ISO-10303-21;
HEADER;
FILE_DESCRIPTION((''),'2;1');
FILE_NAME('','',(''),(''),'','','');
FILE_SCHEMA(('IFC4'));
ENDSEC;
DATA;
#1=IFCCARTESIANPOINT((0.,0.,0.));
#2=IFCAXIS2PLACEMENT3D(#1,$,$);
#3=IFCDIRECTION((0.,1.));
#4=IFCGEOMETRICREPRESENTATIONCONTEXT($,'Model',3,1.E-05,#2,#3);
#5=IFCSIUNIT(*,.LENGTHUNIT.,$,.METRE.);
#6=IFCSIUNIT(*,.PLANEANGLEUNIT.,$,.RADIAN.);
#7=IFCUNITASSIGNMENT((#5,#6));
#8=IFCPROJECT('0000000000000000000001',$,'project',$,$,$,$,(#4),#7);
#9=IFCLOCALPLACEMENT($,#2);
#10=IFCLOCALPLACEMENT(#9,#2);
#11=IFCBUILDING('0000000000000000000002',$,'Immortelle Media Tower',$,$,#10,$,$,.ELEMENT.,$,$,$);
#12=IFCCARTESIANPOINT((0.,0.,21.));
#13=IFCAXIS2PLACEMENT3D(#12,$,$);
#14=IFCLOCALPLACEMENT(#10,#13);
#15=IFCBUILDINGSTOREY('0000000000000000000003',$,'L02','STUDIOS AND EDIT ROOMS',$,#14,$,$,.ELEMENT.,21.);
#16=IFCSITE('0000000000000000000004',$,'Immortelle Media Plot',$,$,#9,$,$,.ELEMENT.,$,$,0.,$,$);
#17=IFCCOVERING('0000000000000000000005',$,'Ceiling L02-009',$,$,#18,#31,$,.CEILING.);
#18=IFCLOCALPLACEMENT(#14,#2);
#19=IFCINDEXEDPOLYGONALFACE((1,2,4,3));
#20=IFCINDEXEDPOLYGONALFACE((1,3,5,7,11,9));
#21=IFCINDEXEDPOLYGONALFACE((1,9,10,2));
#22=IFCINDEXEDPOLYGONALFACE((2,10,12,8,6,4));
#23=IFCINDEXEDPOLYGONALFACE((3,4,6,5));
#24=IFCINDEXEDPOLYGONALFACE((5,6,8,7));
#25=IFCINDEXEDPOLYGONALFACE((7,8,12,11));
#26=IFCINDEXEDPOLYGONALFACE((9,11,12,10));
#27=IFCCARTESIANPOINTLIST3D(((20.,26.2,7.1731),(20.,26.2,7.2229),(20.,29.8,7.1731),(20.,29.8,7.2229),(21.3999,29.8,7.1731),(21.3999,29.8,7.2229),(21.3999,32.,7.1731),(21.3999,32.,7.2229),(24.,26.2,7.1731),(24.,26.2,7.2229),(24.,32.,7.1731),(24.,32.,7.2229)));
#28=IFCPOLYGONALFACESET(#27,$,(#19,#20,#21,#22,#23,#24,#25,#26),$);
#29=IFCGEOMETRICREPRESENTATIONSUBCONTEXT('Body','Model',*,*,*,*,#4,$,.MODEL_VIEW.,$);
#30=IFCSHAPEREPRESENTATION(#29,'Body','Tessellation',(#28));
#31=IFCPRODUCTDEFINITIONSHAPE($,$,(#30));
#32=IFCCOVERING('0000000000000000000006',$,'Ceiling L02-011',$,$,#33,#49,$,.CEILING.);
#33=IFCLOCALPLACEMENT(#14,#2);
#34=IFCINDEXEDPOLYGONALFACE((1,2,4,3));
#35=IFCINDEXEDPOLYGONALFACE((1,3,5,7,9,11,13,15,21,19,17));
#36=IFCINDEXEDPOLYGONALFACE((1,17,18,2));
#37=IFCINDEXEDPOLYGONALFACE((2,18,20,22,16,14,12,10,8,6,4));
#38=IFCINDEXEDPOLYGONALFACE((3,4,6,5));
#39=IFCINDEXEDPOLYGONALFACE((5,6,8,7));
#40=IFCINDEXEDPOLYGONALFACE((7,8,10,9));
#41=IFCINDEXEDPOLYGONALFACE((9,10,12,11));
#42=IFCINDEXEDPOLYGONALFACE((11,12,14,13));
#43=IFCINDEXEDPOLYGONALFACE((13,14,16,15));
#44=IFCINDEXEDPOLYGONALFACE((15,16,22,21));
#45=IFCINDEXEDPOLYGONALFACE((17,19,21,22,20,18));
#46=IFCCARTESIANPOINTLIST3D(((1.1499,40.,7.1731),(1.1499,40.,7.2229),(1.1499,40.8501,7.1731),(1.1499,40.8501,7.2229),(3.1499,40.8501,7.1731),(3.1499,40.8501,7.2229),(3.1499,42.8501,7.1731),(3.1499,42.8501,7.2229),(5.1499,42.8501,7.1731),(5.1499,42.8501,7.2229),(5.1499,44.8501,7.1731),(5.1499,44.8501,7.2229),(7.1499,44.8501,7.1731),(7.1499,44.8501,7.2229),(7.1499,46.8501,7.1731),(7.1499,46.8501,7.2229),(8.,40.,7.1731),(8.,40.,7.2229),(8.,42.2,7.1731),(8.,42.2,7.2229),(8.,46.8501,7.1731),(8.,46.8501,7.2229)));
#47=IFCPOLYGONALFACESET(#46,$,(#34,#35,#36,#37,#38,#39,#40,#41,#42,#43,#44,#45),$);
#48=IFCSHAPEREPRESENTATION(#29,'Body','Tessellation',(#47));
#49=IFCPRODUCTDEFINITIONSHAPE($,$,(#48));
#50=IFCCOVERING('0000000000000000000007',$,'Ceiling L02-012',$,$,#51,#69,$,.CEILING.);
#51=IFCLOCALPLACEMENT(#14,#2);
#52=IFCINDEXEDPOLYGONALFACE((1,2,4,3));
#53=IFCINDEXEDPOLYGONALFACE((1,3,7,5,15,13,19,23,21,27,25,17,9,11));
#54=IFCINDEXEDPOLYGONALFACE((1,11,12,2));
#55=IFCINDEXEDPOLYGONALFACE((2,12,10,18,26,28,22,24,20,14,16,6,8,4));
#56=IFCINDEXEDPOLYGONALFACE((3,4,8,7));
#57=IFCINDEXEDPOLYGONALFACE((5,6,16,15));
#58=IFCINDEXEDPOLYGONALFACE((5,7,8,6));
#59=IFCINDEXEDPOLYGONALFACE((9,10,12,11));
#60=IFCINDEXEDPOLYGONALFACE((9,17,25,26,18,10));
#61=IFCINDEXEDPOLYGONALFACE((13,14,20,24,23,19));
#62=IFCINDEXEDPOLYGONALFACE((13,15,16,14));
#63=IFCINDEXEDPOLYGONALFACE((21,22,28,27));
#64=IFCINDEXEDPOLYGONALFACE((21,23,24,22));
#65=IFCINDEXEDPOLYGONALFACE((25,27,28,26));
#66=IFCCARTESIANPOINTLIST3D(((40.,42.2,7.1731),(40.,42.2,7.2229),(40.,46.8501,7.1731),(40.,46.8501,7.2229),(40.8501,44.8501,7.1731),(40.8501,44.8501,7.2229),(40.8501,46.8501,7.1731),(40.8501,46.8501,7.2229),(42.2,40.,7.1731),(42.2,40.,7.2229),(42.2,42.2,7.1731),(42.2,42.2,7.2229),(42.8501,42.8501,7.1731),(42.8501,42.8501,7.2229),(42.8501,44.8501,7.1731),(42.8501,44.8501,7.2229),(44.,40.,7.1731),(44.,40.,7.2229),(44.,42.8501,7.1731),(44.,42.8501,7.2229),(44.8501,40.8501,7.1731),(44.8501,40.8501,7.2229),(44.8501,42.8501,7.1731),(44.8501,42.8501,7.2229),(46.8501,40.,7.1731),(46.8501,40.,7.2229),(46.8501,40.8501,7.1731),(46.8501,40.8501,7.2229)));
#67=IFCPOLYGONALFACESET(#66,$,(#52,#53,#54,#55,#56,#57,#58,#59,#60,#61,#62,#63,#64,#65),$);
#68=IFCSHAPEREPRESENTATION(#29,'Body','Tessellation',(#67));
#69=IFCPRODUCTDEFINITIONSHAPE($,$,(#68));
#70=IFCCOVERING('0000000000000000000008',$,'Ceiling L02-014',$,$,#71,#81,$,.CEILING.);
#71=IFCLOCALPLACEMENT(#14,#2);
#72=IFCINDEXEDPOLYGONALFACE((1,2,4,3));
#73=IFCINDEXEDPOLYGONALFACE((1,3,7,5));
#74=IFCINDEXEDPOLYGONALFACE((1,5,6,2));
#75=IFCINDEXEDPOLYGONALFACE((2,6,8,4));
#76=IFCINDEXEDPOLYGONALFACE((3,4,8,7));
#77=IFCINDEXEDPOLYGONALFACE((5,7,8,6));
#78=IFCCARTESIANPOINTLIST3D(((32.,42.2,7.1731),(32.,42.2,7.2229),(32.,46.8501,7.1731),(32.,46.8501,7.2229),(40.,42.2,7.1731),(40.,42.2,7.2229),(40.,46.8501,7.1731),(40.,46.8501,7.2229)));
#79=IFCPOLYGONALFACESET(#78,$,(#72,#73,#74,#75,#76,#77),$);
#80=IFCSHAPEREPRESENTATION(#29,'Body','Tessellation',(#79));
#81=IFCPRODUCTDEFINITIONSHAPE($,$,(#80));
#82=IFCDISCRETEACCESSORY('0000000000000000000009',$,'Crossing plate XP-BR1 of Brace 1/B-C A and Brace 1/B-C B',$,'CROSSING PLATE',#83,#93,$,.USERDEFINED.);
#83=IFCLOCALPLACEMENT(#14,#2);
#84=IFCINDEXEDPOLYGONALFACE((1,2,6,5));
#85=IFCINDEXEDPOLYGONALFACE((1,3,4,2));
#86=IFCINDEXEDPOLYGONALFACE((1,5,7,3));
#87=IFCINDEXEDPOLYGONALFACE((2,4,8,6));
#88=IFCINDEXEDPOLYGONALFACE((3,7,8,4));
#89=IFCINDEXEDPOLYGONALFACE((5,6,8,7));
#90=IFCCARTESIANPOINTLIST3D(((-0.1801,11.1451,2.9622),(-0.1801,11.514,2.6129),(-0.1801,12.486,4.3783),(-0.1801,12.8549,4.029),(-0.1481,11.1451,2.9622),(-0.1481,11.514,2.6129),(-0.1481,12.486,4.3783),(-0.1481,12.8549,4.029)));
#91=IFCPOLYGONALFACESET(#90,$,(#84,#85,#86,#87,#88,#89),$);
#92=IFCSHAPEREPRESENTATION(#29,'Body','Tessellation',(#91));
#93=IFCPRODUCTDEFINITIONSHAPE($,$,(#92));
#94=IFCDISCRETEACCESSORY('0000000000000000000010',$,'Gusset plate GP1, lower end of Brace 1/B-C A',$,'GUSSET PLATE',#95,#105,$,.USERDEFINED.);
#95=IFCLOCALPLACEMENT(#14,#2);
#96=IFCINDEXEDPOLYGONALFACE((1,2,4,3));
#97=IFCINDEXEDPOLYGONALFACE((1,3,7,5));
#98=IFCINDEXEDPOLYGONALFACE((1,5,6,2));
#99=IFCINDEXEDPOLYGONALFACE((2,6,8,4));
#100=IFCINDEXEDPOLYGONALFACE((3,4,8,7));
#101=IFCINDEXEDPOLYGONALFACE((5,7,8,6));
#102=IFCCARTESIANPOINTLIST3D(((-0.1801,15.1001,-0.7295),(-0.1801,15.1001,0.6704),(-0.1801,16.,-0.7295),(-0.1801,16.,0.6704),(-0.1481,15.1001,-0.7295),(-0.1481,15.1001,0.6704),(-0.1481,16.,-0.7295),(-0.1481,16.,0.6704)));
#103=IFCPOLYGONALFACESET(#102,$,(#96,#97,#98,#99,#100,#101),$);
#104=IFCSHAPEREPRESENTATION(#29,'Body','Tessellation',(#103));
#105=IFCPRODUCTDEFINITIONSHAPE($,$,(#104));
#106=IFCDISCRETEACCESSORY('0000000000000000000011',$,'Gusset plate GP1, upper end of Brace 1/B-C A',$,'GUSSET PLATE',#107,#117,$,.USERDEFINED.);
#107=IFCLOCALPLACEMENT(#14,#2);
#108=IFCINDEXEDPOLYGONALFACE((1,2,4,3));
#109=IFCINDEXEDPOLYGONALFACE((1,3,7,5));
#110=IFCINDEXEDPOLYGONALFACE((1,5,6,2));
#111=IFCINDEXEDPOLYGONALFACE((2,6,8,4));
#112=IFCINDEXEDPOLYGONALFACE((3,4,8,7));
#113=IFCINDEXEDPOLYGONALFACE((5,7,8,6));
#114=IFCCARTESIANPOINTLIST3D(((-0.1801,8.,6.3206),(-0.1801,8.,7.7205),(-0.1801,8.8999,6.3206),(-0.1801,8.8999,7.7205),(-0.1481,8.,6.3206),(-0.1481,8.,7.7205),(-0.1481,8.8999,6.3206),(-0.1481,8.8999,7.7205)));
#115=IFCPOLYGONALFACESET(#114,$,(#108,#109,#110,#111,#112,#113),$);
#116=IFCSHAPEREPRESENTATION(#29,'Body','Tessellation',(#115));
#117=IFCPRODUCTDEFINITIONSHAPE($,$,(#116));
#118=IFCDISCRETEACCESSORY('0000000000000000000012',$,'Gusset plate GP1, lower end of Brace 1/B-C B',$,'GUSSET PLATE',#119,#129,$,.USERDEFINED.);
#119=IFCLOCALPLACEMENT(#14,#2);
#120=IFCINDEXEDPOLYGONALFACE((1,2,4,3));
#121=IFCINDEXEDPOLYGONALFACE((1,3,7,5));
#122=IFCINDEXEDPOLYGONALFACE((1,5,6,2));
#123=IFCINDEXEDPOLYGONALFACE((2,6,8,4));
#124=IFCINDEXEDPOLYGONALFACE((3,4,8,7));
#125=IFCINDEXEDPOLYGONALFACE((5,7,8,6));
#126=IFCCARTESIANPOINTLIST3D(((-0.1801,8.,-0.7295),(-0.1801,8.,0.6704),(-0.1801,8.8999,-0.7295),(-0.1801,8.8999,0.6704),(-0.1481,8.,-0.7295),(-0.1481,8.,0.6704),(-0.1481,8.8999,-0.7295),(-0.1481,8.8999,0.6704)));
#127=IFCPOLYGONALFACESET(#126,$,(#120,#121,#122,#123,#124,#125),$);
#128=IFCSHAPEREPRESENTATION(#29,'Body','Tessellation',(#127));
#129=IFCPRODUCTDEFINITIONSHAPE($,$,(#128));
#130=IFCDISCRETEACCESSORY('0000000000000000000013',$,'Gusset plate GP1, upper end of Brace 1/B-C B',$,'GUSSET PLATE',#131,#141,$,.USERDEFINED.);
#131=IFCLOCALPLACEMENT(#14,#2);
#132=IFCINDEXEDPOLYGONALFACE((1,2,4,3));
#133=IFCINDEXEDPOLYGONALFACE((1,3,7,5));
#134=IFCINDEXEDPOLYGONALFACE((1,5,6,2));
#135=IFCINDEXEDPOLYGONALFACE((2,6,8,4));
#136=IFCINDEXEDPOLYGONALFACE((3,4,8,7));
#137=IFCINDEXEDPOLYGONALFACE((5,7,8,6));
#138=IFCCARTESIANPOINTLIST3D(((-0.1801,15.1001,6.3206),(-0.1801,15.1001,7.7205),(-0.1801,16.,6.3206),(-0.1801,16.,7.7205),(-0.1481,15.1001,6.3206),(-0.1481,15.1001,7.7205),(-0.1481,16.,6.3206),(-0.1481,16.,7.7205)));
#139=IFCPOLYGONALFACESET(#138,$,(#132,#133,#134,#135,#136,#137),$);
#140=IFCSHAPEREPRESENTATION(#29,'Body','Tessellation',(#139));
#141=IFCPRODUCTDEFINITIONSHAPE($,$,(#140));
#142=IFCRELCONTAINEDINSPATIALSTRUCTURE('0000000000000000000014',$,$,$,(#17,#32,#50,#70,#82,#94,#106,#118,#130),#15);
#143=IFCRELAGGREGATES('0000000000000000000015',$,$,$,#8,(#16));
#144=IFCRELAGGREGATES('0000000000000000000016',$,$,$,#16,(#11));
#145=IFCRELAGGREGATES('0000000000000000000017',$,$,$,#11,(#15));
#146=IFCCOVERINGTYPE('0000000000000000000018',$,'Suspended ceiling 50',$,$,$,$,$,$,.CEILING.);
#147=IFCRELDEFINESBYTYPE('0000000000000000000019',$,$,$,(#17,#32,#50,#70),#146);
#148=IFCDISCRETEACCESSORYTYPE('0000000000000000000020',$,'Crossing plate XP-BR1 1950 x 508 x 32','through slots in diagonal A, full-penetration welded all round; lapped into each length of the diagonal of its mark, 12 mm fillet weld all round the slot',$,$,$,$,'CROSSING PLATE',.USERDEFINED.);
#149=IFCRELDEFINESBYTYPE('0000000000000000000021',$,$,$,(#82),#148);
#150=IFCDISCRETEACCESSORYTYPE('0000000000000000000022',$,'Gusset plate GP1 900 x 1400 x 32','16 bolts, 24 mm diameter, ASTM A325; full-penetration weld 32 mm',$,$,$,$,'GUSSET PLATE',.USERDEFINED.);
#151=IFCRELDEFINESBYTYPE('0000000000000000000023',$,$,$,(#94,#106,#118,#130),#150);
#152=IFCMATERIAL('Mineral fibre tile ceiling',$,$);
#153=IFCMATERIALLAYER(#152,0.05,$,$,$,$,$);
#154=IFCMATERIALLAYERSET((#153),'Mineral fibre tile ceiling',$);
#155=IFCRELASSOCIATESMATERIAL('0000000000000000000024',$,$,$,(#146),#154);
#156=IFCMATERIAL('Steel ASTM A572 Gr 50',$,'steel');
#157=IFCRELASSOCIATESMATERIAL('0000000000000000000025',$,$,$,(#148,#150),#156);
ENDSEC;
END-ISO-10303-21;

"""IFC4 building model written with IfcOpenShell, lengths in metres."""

from ifc_helpers import new_model, si_unit, direction, frame, origin, origin_2d, place, context, subcontext, project, spatial, polyline, rectangle, outline, extrude, material, layer, layer_set, material_profile, profile_set, type_object, element, save


model = new_model("IFC4")

# Units and contexts
model_context = context("Model", 3, precision=1e-05, world=origin(), true_north=direction((0.0, 1.0)))
body_context = subcontext(model_context, "Body", "Model", "MODEL_VIEW")
ifc_project = project(units=[si_unit("LENGTHUNIT", "METRE"), si_unit("PLANEANGLEUNIT", "RADIAN")], contexts=[model_context])

# Site, building, storey
site_placement = place(None, origin())
site = spatial("IfcSite", under=ifc_project, at=site_placement, Name="Immortelle Media Plot", CompositionType="ELEMENT", RefElevation=0.0)
building_placement = place(site_placement, origin())
building = spatial("IfcBuilding", under=site, at=building_placement, Name="Immortelle Media Tower", CompositionType="ELEMENT")
storey_placement = place(building_placement, frame((0.0, 0.0, 21.0)))
storey = spatial("IfcBuildingStorey", under=building, at=storey_placement, Name="L02", Description="STUDIOS AND EDIT ROOMS", CompositionType="ELEMENT", Elevation=21.0)

# Coverings
ifc_material_1 = material(Name="Mineral fibre tile ceiling")
ifc_layer_1 = layer(ifc_material_1, 0.05)
ifc_layer_set_1 = layer_set([ifc_layer_1], Name="Mineral fibre tile ceiling")
covering_type = type_object("IfcCoveringType", Name="Suspended ceiling 50", PredefinedType="CEILING", material=ifc_layer_set_1)
covering_1_placement = place(storey_placement, frame((0.0, 0.0, 7.1731)))
element("IfcCovering", 1, at=covering_1_placement, inside=storey, type_object=covering_type, Name="Ceiling L02-009", PredefinedType="CEILING", context=body_context, shape_type="SweptSolid", body=[
    extrude(outline(polyline([(21.3999, 29.8), (21.3999, 32.0), (24.0, 32.0), (24.0, 26.2), (20.0, 26.2), (20.0, 29.8), (21.3999, 29.8)])), origin(), (0.0, 0.0, 1.0), 0.0498),
])
covering_2_placement = place(storey_placement, frame((0.0, 0.0, 7.1731)))
element("IfcCovering", 2, at=covering_2_placement, inside=storey, type_object=covering_type, Name="Ceiling L02-011", PredefinedType="CEILING", context=body_context, shape_type="SweptSolid", body=[
    extrude(outline(polyline([(1.1499, 40.0), (1.1499, 40.8501), (3.1499, 40.8501), (3.1499, 42.8501), (5.1499, 42.8501), (5.1499, 44.8501), (7.1499, 44.8501), (7.1499, 46.8501), (8.0, 46.8501), (8.0, 42.2), (8.0, 40.0), (1.1499, 40.0)])), origin(), (0.0, 0.0, 1.0), 0.0498),
])
covering_3_placement = place(storey_placement, frame((0.0, 0.0, 7.1731)))
element("IfcCovering", 3, at=covering_3_placement, inside=storey, type_object=covering_type, Name="Ceiling L02-012", PredefinedType="CEILING", context=body_context, shape_type="SweptSolid", body=[
    extrude(outline(polyline([(44.8501, 40.8501), (46.8501, 40.8501), (46.8501, 40.0), (44.0, 40.0), (42.2, 40.0), (42.2, 42.2), (40.0, 42.2), (40.0, 46.8501), (40.8501, 46.8501), (40.8501, 44.8501), (42.8501, 44.8501), (42.8501, 42.8501), (44.0, 42.8501), (44.8501, 42.8501), (44.8501, 40.8501)])), origin(), (0.0, 0.0, 1.0), 0.0498),
])
covering_4_placement = place(storey_placement, frame((0.0, 0.0, 7.1731)))
element("IfcCovering", 4, at=covering_4_placement, inside=storey, type_object=covering_type, Name="Ceiling L02-014", PredefinedType="CEILING", context=body_context, shape_type="SweptSolid", body=[
    extrude(outline(polyline([(32.0, 42.2), (32.0, 46.8501), (40.0, 46.8501), (40.0, 42.2), (32.0, 42.2)])), origin(), (0.0, 0.0, 1.0), 0.0498),
])

# Discrete accessories
ifc_material_2 = material(Name="Steel ASTM A572 Gr 50", Category="steel")
ifc_material_profile_1 = material_profile(ifc_material_2, rectangle(XDim=0.032, YDim=0.5081, at=origin_2d()), Name="PL 32 x 508")
ifc_profile_set_1 = profile_set([ifc_material_profile_1], Name="Steel ASTM A572 Gr 50")
discrete_accessory_type_1 = type_object("IfcDiscreteAccessoryType", Name="Crossing plate XP-BR1 1950 x 508 x 32", Description="through slots in diagonal A, full-penetration welded all round; lapped into each length of the diagonal of its mark, 12 mm fillet weld all round the slot", ElementType="CROSSING PLATE", PredefinedType="USERDEFINED", material=ifc_profile_set_1)
discrete_accessory_placement = place(storey_placement, frame((-0.1641, 12.6704, 4.2036), z_axis=(0.0, -0.687564, -0.726124), x_axis=(1.0, 0.0, 0.0)))
element("IfcDiscreteAccessory", 5, at=discrete_accessory_placement, inside=storey, type_object=discrete_accessory_type_1, Name="Crossing plate XP-BR1 of Brace 1/B-C A and Brace 1/B-C B", ObjectType="CROSSING PLATE", PredefinedType="USERDEFINED", context=body_context, shape_type="SweptSolid", body=[
    extrude(rectangle(XDim=0.032, YDim=0.5081, at=origin_2d()), origin(), (0.0, 0.0, 1.0), 1.9502),
])
ifc_material_profile_2 = material_profile(ifc_material_2, rectangle(XDim=0.032, YDim=1.3999, at=origin_2d()), Name="PL 32 x 1400")
ifc_profile_set_2 = profile_set([ifc_material_profile_2], Name="Steel ASTM A572 Gr 50")
discrete_accessory_type_2 = type_object("IfcDiscreteAccessoryType", Name="Gusset plate GP1 900 x 1400 x 32", Description="16 bolts, 24 mm diameter, ASTM A325; full-penetration weld 32 mm", ElementType="GUSSET PLATE", PredefinedType="USERDEFINED", material=ifc_profile_set_2)
for number, where, z_axis, x_axis, name in (
    (6, (-0.1641, 16.0, -0.0295), (0.0, -1.0, 0.0), (1.0, 0.0, 0.0), "Gusset plate GP1, lower end of Brace 1/B-C A"),
    (7, (-0.1641, 8.0, 7.0205), (0.0, 1.0, 0.0), (-1.0, 0.0, 0.0), "Gusset plate GP1, upper end of Brace 1/B-C A"),
    (8, (-0.1641, 8.0, -0.0295), (0.0, 1.0, 0.0), (-1.0, 0.0, 0.0), "Gusset plate GP1, lower end of Brace 1/B-C B"),
    (9, (-0.1641, 16.0, 7.0205), (0.0, -1.0, 0.0), (1.0, 0.0, 0.0), "Gusset plate GP1, upper end of Brace 1/B-C B"),
):
    element("IfcDiscreteAccessory", number, at=place(storey_placement, frame(where, z_axis=z_axis, x_axis=x_axis)), inside=storey, type_object=discrete_accessory_type_2, Name=name, ObjectType="GUSSET PLATE", PredefinedType="USERDEFINED", context=body_context, shape_type="SweptSolid", body=[
        extrude(rectangle(XDim=0.032, YDim=1.3999, at=origin_2d()), origin(), (0.0, 0.0, 1.0), 0.8999),
    ])

save(model, "model.ifc")
